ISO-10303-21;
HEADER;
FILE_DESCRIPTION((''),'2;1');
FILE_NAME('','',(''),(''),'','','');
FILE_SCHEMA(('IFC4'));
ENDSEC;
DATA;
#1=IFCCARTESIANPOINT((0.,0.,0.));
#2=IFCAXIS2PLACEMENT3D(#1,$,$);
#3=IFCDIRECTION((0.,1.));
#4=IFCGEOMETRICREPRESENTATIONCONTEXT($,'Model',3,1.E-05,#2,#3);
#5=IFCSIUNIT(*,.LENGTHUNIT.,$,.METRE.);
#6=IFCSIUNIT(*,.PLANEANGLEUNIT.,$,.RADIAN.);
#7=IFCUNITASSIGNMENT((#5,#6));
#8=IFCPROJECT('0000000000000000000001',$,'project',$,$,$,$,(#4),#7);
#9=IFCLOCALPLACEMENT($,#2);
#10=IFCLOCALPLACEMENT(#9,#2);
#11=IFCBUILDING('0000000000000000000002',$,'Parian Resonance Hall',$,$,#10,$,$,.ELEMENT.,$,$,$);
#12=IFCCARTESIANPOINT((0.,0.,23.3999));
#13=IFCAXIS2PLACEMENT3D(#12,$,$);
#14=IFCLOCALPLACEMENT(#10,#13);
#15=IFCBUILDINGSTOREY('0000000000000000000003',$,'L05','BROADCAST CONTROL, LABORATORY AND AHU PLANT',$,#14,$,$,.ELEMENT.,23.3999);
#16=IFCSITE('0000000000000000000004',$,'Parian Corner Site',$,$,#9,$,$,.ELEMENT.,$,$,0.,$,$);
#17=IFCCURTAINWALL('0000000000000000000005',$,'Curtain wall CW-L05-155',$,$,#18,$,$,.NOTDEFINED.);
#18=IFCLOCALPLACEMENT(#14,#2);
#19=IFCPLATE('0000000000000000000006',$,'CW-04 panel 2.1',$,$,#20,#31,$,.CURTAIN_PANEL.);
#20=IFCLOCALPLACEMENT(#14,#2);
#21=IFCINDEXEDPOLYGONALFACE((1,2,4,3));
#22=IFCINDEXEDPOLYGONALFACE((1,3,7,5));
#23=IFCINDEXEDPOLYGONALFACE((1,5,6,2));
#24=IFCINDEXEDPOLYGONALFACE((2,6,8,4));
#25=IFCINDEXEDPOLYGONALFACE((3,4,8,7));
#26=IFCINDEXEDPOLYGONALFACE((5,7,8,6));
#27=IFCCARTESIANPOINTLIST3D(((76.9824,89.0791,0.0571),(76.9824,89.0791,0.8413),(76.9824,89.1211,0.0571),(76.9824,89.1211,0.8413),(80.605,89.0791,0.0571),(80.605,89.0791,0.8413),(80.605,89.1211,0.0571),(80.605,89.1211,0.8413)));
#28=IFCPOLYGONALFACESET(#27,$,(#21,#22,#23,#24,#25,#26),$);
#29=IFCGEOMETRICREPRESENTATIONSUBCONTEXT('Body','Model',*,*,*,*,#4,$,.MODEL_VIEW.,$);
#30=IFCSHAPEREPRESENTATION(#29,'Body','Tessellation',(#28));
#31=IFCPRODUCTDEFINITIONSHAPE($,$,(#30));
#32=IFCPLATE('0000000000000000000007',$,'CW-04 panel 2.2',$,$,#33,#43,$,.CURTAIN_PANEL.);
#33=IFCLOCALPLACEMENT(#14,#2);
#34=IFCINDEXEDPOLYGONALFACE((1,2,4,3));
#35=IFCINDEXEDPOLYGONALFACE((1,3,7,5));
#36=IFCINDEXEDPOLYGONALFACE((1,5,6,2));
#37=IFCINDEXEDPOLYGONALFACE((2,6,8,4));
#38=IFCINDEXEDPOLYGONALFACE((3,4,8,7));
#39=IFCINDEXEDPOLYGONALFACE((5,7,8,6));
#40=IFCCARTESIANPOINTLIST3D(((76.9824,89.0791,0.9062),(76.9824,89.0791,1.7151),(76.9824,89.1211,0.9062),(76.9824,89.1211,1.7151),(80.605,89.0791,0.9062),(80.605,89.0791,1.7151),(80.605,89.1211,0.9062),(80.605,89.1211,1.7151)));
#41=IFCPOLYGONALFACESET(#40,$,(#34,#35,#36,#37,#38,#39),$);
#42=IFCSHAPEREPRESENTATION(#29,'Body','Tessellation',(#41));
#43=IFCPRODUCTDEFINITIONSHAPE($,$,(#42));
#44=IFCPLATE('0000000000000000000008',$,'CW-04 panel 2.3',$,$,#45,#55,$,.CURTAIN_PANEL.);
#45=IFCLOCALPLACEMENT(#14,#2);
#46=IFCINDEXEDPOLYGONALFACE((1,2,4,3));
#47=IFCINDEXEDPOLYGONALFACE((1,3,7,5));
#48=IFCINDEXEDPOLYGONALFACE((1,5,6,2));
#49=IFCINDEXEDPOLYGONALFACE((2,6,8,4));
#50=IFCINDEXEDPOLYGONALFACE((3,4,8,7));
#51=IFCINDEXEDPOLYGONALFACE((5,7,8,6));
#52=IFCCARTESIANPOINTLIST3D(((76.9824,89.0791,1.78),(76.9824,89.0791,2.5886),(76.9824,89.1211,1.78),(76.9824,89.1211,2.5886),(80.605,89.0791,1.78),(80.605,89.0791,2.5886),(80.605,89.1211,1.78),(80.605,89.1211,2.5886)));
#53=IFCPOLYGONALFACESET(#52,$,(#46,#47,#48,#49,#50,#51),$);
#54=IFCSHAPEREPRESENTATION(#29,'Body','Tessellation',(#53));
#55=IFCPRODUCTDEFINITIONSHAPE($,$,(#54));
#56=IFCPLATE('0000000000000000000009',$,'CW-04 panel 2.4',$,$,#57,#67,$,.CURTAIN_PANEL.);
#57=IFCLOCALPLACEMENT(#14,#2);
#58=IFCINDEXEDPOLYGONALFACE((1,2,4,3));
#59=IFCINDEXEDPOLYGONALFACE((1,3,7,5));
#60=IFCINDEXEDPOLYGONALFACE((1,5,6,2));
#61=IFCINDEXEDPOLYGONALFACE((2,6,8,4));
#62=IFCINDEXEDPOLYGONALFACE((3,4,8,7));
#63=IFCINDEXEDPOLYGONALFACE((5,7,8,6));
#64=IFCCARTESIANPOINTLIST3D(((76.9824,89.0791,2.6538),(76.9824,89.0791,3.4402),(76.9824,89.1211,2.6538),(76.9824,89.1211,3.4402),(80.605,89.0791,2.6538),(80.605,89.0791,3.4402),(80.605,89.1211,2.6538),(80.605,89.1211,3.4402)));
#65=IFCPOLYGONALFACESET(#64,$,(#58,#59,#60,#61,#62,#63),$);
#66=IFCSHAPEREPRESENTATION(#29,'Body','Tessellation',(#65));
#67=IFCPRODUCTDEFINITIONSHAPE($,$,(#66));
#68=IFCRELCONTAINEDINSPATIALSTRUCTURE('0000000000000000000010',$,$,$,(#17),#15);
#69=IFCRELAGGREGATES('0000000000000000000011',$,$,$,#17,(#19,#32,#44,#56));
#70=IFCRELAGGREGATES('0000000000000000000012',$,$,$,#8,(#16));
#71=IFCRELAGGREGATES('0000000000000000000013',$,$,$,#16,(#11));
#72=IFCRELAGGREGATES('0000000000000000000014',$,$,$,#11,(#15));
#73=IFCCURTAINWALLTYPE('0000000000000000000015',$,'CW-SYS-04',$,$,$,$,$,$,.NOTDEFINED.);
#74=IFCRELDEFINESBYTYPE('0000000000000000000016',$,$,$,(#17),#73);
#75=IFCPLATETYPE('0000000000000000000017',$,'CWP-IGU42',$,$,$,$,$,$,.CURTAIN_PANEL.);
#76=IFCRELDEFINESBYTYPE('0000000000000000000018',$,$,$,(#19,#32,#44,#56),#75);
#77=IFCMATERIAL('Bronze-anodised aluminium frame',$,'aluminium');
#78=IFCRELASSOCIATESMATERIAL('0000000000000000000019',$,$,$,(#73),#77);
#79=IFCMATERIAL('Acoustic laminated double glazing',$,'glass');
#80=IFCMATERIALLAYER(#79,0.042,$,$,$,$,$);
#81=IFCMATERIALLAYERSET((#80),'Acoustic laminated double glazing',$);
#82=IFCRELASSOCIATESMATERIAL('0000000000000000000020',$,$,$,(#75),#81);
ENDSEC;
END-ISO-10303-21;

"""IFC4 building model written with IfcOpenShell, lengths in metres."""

from ifc_helpers import new_model, si_unit, direction, frame, origin, origin_2d, place, context, subcontext, project, spatial, rectangle, extrude, material, layer, layer_set, type_object, element, aggregate, save


model = new_model("IFC4")

# Units and contexts
model_context = context("Model", 3, precision=1e-05, world=origin(), true_north=direction((0.0, 1.0)))
body_context = subcontext(model_context, "Body", "Model", "MODEL_VIEW")
ifc_project = project(units=[si_unit("LENGTHUNIT", "METRE"), si_unit("PLANEANGLEUNIT", "RADIAN")], contexts=[model_context])

# Site, building, storey
site_placement = place(None, origin())
site = spatial("IfcSite", under=ifc_project, at=site_placement, Name="Parian Corner Site", CompositionType="ELEMENT", RefElevation=0.0)
building_placement = place(site_placement, origin())
building = spatial("IfcBuilding", under=site, at=building_placement, Name="Parian Resonance Hall", CompositionType="ELEMENT")
storey_placement = place(building_placement, frame((0.0, 0.0, 23.3999)))
storey = spatial("IfcBuildingStorey", under=building, at=storey_placement, Name="L05", Description="BROADCAST CONTROL, LABORATORY AND AHU PLANT", CompositionType="ELEMENT", Elevation=23.3999)

# Curtain wall
ifc_material_1 = material(Name="Bronze-anodised aluminium frame", Category="aluminium")
curtain_wall_type_1 = type_object("IfcCurtainWallType", Name="CW-SYS-04", PredefinedType="NOTDEFINED", material=ifc_material_1)
curtain_wall_1_placement = place(storey_placement, origin())
curtain_wall_1 = element("IfcCurtainWall", 1, at=curtain_wall_1_placement, inside=storey, type_object=curtain_wall_type_1, Name="Curtain wall CW-L05-155", PredefinedType="NOTDEFINED")

# Plates
ifc_material_2 = material(Name="Acoustic laminated double glazing", Category="glass")
ifc_layer_1 = layer(ifc_material_2, 0.042)
ifc_layer_set_1 = layer_set([ifc_layer_1], Name="Acoustic laminated double glazing")
plate_type_1 = type_object("IfcPlateType", Name="CWP-IGU42", PredefinedType="CURTAIN_PANEL", material=ifc_layer_set_1)
plate_1_placement = place(storey_placement, frame((78.7937, 89.1001, 0.0571), z_axis=(0.0, 0.0, 1.0), x_axis=(1.0, 0.0, 0.0)))
plate_1 = element("IfcPlate", 2, at=plate_1_placement, type_object=plate_type_1, Name="CW-04 panel 2.1", PredefinedType="CURTAIN_PANEL", context=body_context, shape_type="SweptSolid", body=[
    extrude(rectangle(XDim=3.6226, YDim=0.042, at=origin_2d()), origin(), (0.0, 0.0, 1.0), 0.7842),
])
plate_2_placement = place(storey_placement, frame((78.7937, 89.1001, 0.9062), z_axis=(0.0, 0.0, 1.0), x_axis=(1.0, 0.0, 0.0)))
plate_2 = element("IfcPlate", 3, at=plate_2_placement, type_object=plate_type_1, Name="CW-04 panel 2.2", PredefinedType="CURTAIN_PANEL", context=body_context, shape_type="SweptSolid", body=[
    extrude(rectangle(XDim=3.6226, YDim=0.042, at=origin_2d()), origin(), (0.0, 0.0, 1.0), 0.8088),
])
plate_3_placement = place(storey_placement, frame((78.7937, 89.1001, 1.78), z_axis=(0.0, 0.0, 1.0), x_axis=(1.0, 0.0, 0.0)))
plate_3 = element("IfcPlate", 4, at=plate_3_placement, type_object=plate_type_1, Name="CW-04 panel 2.3", PredefinedType="CURTAIN_PANEL", context=body_context, shape_type="SweptSolid", body=[
    extrude(rectangle(XDim=3.6226, YDim=0.042, at=origin_2d()), origin(), (0.0, 0.0, 1.0), 0.8086),
])
plate_4_placement = place(storey_placement, frame((78.7937, 89.1001, 2.6538), z_axis=(0.0, 0.0, 1.0), x_axis=(1.0, 0.0, 0.0)))
plate_4 = element("IfcPlate", 5, at=plate_4_placement, type_object=plate_type_1, Name="CW-04 panel 2.4", PredefinedType="CURTAIN_PANEL", context=body_context, shape_type="SweptSolid", body=[
    extrude(rectangle(XDim=3.6226, YDim=0.042, at=origin_2d()), origin(), (0.0, 0.0, 1.0), 0.7864),
])
aggregate(curtain_wall_1, [plate_1, plate_2, plate_3, plate_4])

save(model, "model.ifc")
